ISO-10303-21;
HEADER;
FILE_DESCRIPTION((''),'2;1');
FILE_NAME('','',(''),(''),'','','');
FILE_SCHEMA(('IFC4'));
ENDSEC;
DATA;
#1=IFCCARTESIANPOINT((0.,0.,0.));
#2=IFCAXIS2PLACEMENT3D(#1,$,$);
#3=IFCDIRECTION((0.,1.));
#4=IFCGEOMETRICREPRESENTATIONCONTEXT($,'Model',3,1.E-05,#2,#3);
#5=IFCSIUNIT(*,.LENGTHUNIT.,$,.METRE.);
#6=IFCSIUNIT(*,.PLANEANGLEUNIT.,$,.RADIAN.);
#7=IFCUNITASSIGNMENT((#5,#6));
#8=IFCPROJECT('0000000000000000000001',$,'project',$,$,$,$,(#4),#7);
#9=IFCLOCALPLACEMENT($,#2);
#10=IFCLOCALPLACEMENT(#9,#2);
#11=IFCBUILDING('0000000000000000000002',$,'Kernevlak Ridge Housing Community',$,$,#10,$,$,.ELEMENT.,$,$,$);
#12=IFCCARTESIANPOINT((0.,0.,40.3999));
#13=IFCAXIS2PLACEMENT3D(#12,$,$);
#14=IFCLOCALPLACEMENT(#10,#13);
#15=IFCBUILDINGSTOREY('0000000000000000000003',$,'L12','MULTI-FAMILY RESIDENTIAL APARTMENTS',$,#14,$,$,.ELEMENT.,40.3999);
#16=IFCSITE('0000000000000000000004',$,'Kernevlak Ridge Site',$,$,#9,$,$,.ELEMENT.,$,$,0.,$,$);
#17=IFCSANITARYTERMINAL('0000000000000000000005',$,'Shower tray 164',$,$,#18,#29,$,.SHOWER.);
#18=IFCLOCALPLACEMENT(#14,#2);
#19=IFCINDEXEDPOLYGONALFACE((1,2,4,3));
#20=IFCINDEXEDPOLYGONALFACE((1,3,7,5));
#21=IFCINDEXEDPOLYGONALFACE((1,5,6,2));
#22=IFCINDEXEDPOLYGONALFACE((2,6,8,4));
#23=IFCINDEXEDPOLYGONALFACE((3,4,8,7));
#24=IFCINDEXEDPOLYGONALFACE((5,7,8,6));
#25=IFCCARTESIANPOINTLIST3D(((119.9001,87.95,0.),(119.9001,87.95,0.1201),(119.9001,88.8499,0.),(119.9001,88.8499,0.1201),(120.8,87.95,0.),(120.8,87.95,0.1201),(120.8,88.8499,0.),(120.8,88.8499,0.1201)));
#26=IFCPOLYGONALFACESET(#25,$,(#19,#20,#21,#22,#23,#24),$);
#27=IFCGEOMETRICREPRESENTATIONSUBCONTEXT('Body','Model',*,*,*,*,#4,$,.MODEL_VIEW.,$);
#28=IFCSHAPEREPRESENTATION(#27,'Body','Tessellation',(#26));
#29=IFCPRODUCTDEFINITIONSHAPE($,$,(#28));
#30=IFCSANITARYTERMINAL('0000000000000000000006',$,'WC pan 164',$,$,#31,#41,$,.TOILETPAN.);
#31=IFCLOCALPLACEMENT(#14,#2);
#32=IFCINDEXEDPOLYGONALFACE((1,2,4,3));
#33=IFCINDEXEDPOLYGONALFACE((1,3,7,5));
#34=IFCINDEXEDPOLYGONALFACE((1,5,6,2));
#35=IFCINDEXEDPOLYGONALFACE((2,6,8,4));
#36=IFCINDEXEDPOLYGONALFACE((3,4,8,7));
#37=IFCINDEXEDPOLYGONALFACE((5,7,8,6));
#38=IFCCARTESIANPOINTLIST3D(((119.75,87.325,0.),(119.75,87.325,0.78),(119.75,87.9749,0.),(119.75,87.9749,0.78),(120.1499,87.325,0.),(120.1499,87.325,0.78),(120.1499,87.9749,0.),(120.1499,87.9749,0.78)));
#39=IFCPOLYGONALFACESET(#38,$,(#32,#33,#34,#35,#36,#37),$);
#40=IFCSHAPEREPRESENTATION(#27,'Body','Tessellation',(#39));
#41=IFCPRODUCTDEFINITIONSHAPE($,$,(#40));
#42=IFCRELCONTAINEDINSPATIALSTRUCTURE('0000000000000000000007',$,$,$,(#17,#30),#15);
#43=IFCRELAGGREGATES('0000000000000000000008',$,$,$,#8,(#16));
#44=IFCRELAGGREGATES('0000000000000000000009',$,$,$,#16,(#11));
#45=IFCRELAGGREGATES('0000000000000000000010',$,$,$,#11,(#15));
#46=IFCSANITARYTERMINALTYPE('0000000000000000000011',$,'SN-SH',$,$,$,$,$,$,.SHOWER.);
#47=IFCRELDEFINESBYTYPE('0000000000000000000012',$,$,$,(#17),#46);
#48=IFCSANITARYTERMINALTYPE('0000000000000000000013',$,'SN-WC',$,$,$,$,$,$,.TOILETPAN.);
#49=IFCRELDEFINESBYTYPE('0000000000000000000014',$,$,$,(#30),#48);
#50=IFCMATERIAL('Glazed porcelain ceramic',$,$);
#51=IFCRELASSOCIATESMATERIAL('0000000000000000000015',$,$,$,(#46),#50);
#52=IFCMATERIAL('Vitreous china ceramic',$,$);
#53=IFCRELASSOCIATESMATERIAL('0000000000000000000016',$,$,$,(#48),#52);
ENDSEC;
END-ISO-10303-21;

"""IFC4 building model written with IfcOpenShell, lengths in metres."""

from ifc_helpers import new_model, si_unit, direction, frame, origin, origin_2d, place, context, subcontext, project, spatial, rectangle, extrude, material, type_object, element, save


model = new_model("IFC4")

# Units and contexts
model_context = context("Model", 3, precision=1e-05, world=origin(), true_north=direction((0.0, 1.0)))
body_context = subcontext(model_context, "Body", "Model", "MODEL_VIEW")
ifc_project = project(units=[si_unit("LENGTHUNIT", "METRE"), si_unit("PLANEANGLEUNIT", "RADIAN")], contexts=[model_context])

# Site, building, storey
site_placement = place(None, origin())
site = spatial("IfcSite", under=ifc_project, at=site_placement, Name="Kernevlak Ridge Site", CompositionType="ELEMENT", RefElevation=0.0)
building_placement = place(site_placement, origin())
building = spatial("IfcBuilding", under=site, at=building_placement, Name="Kernevlak Ridge Housing Community", CompositionType="ELEMENT")
storey_placement = place(building_placement, frame((0.0, 0.0, 40.3999)))
storey = spatial("IfcBuildingStorey", under=building, at=storey_placement, Name="L12", Description="MULTI-FAMILY RESIDENTIAL APARTMENTS", CompositionType="ELEMENT", Elevation=40.3999)

# Sanitary terminals
ifc_material_1 = material(Name="Glazed porcelain ceramic")
sanitary_terminal_type_1 = type_object("IfcSanitaryTerminalType", Name="SN-SH", PredefinedType="SHOWER", material=ifc_material_1)
sanitary_terminal_1_placement = place(storey_placement, frame((120.3501, 88.3999, 0.0), z_axis=(0.0, 0.0, 1.0), x_axis=(1.0, 0.0, 0.0)))
element("IfcSanitaryTerminal", 1, at=sanitary_terminal_1_placement, inside=storey, type_object=sanitary_terminal_type_1, Name="Shower tray 164", PredefinedType="SHOWER", context=body_context, shape_type="SweptSolid", body=[
    extrude(rectangle(XDim=0.8999, YDim=0.8999, at=origin_2d()), origin(), (0.0, 0.0, 1.0), 0.1201),
])
ifc_material_2 = material(Name="Vitreous china ceramic")
sanitary_terminal_type_2 = type_object("IfcSanitaryTerminalType", Name="SN-WC", PredefinedType="TOILETPAN", material=ifc_material_2)
sanitary_terminal_2_placement = place(storey_placement, frame((119.95, 87.6499, 0.0), z_axis=(0.0, 0.0, 1.0), x_axis=(1.0, 0.0, 0.0)))
element("IfcSanitaryTerminal", 2, at=sanitary_terminal_2_placement, inside=storey, type_object=sanitary_terminal_type_2, Name="WC pan 164", PredefinedType="TOILETPAN", context=body_context, shape_type="SweptSolid", body=[
    extrude(rectangle(XDim=0.3999, YDim=0.6499, at=origin_2d()), origin(), (0.0, 0.0, 1.0), 0.78),
])

save(model, "model.ifc")
